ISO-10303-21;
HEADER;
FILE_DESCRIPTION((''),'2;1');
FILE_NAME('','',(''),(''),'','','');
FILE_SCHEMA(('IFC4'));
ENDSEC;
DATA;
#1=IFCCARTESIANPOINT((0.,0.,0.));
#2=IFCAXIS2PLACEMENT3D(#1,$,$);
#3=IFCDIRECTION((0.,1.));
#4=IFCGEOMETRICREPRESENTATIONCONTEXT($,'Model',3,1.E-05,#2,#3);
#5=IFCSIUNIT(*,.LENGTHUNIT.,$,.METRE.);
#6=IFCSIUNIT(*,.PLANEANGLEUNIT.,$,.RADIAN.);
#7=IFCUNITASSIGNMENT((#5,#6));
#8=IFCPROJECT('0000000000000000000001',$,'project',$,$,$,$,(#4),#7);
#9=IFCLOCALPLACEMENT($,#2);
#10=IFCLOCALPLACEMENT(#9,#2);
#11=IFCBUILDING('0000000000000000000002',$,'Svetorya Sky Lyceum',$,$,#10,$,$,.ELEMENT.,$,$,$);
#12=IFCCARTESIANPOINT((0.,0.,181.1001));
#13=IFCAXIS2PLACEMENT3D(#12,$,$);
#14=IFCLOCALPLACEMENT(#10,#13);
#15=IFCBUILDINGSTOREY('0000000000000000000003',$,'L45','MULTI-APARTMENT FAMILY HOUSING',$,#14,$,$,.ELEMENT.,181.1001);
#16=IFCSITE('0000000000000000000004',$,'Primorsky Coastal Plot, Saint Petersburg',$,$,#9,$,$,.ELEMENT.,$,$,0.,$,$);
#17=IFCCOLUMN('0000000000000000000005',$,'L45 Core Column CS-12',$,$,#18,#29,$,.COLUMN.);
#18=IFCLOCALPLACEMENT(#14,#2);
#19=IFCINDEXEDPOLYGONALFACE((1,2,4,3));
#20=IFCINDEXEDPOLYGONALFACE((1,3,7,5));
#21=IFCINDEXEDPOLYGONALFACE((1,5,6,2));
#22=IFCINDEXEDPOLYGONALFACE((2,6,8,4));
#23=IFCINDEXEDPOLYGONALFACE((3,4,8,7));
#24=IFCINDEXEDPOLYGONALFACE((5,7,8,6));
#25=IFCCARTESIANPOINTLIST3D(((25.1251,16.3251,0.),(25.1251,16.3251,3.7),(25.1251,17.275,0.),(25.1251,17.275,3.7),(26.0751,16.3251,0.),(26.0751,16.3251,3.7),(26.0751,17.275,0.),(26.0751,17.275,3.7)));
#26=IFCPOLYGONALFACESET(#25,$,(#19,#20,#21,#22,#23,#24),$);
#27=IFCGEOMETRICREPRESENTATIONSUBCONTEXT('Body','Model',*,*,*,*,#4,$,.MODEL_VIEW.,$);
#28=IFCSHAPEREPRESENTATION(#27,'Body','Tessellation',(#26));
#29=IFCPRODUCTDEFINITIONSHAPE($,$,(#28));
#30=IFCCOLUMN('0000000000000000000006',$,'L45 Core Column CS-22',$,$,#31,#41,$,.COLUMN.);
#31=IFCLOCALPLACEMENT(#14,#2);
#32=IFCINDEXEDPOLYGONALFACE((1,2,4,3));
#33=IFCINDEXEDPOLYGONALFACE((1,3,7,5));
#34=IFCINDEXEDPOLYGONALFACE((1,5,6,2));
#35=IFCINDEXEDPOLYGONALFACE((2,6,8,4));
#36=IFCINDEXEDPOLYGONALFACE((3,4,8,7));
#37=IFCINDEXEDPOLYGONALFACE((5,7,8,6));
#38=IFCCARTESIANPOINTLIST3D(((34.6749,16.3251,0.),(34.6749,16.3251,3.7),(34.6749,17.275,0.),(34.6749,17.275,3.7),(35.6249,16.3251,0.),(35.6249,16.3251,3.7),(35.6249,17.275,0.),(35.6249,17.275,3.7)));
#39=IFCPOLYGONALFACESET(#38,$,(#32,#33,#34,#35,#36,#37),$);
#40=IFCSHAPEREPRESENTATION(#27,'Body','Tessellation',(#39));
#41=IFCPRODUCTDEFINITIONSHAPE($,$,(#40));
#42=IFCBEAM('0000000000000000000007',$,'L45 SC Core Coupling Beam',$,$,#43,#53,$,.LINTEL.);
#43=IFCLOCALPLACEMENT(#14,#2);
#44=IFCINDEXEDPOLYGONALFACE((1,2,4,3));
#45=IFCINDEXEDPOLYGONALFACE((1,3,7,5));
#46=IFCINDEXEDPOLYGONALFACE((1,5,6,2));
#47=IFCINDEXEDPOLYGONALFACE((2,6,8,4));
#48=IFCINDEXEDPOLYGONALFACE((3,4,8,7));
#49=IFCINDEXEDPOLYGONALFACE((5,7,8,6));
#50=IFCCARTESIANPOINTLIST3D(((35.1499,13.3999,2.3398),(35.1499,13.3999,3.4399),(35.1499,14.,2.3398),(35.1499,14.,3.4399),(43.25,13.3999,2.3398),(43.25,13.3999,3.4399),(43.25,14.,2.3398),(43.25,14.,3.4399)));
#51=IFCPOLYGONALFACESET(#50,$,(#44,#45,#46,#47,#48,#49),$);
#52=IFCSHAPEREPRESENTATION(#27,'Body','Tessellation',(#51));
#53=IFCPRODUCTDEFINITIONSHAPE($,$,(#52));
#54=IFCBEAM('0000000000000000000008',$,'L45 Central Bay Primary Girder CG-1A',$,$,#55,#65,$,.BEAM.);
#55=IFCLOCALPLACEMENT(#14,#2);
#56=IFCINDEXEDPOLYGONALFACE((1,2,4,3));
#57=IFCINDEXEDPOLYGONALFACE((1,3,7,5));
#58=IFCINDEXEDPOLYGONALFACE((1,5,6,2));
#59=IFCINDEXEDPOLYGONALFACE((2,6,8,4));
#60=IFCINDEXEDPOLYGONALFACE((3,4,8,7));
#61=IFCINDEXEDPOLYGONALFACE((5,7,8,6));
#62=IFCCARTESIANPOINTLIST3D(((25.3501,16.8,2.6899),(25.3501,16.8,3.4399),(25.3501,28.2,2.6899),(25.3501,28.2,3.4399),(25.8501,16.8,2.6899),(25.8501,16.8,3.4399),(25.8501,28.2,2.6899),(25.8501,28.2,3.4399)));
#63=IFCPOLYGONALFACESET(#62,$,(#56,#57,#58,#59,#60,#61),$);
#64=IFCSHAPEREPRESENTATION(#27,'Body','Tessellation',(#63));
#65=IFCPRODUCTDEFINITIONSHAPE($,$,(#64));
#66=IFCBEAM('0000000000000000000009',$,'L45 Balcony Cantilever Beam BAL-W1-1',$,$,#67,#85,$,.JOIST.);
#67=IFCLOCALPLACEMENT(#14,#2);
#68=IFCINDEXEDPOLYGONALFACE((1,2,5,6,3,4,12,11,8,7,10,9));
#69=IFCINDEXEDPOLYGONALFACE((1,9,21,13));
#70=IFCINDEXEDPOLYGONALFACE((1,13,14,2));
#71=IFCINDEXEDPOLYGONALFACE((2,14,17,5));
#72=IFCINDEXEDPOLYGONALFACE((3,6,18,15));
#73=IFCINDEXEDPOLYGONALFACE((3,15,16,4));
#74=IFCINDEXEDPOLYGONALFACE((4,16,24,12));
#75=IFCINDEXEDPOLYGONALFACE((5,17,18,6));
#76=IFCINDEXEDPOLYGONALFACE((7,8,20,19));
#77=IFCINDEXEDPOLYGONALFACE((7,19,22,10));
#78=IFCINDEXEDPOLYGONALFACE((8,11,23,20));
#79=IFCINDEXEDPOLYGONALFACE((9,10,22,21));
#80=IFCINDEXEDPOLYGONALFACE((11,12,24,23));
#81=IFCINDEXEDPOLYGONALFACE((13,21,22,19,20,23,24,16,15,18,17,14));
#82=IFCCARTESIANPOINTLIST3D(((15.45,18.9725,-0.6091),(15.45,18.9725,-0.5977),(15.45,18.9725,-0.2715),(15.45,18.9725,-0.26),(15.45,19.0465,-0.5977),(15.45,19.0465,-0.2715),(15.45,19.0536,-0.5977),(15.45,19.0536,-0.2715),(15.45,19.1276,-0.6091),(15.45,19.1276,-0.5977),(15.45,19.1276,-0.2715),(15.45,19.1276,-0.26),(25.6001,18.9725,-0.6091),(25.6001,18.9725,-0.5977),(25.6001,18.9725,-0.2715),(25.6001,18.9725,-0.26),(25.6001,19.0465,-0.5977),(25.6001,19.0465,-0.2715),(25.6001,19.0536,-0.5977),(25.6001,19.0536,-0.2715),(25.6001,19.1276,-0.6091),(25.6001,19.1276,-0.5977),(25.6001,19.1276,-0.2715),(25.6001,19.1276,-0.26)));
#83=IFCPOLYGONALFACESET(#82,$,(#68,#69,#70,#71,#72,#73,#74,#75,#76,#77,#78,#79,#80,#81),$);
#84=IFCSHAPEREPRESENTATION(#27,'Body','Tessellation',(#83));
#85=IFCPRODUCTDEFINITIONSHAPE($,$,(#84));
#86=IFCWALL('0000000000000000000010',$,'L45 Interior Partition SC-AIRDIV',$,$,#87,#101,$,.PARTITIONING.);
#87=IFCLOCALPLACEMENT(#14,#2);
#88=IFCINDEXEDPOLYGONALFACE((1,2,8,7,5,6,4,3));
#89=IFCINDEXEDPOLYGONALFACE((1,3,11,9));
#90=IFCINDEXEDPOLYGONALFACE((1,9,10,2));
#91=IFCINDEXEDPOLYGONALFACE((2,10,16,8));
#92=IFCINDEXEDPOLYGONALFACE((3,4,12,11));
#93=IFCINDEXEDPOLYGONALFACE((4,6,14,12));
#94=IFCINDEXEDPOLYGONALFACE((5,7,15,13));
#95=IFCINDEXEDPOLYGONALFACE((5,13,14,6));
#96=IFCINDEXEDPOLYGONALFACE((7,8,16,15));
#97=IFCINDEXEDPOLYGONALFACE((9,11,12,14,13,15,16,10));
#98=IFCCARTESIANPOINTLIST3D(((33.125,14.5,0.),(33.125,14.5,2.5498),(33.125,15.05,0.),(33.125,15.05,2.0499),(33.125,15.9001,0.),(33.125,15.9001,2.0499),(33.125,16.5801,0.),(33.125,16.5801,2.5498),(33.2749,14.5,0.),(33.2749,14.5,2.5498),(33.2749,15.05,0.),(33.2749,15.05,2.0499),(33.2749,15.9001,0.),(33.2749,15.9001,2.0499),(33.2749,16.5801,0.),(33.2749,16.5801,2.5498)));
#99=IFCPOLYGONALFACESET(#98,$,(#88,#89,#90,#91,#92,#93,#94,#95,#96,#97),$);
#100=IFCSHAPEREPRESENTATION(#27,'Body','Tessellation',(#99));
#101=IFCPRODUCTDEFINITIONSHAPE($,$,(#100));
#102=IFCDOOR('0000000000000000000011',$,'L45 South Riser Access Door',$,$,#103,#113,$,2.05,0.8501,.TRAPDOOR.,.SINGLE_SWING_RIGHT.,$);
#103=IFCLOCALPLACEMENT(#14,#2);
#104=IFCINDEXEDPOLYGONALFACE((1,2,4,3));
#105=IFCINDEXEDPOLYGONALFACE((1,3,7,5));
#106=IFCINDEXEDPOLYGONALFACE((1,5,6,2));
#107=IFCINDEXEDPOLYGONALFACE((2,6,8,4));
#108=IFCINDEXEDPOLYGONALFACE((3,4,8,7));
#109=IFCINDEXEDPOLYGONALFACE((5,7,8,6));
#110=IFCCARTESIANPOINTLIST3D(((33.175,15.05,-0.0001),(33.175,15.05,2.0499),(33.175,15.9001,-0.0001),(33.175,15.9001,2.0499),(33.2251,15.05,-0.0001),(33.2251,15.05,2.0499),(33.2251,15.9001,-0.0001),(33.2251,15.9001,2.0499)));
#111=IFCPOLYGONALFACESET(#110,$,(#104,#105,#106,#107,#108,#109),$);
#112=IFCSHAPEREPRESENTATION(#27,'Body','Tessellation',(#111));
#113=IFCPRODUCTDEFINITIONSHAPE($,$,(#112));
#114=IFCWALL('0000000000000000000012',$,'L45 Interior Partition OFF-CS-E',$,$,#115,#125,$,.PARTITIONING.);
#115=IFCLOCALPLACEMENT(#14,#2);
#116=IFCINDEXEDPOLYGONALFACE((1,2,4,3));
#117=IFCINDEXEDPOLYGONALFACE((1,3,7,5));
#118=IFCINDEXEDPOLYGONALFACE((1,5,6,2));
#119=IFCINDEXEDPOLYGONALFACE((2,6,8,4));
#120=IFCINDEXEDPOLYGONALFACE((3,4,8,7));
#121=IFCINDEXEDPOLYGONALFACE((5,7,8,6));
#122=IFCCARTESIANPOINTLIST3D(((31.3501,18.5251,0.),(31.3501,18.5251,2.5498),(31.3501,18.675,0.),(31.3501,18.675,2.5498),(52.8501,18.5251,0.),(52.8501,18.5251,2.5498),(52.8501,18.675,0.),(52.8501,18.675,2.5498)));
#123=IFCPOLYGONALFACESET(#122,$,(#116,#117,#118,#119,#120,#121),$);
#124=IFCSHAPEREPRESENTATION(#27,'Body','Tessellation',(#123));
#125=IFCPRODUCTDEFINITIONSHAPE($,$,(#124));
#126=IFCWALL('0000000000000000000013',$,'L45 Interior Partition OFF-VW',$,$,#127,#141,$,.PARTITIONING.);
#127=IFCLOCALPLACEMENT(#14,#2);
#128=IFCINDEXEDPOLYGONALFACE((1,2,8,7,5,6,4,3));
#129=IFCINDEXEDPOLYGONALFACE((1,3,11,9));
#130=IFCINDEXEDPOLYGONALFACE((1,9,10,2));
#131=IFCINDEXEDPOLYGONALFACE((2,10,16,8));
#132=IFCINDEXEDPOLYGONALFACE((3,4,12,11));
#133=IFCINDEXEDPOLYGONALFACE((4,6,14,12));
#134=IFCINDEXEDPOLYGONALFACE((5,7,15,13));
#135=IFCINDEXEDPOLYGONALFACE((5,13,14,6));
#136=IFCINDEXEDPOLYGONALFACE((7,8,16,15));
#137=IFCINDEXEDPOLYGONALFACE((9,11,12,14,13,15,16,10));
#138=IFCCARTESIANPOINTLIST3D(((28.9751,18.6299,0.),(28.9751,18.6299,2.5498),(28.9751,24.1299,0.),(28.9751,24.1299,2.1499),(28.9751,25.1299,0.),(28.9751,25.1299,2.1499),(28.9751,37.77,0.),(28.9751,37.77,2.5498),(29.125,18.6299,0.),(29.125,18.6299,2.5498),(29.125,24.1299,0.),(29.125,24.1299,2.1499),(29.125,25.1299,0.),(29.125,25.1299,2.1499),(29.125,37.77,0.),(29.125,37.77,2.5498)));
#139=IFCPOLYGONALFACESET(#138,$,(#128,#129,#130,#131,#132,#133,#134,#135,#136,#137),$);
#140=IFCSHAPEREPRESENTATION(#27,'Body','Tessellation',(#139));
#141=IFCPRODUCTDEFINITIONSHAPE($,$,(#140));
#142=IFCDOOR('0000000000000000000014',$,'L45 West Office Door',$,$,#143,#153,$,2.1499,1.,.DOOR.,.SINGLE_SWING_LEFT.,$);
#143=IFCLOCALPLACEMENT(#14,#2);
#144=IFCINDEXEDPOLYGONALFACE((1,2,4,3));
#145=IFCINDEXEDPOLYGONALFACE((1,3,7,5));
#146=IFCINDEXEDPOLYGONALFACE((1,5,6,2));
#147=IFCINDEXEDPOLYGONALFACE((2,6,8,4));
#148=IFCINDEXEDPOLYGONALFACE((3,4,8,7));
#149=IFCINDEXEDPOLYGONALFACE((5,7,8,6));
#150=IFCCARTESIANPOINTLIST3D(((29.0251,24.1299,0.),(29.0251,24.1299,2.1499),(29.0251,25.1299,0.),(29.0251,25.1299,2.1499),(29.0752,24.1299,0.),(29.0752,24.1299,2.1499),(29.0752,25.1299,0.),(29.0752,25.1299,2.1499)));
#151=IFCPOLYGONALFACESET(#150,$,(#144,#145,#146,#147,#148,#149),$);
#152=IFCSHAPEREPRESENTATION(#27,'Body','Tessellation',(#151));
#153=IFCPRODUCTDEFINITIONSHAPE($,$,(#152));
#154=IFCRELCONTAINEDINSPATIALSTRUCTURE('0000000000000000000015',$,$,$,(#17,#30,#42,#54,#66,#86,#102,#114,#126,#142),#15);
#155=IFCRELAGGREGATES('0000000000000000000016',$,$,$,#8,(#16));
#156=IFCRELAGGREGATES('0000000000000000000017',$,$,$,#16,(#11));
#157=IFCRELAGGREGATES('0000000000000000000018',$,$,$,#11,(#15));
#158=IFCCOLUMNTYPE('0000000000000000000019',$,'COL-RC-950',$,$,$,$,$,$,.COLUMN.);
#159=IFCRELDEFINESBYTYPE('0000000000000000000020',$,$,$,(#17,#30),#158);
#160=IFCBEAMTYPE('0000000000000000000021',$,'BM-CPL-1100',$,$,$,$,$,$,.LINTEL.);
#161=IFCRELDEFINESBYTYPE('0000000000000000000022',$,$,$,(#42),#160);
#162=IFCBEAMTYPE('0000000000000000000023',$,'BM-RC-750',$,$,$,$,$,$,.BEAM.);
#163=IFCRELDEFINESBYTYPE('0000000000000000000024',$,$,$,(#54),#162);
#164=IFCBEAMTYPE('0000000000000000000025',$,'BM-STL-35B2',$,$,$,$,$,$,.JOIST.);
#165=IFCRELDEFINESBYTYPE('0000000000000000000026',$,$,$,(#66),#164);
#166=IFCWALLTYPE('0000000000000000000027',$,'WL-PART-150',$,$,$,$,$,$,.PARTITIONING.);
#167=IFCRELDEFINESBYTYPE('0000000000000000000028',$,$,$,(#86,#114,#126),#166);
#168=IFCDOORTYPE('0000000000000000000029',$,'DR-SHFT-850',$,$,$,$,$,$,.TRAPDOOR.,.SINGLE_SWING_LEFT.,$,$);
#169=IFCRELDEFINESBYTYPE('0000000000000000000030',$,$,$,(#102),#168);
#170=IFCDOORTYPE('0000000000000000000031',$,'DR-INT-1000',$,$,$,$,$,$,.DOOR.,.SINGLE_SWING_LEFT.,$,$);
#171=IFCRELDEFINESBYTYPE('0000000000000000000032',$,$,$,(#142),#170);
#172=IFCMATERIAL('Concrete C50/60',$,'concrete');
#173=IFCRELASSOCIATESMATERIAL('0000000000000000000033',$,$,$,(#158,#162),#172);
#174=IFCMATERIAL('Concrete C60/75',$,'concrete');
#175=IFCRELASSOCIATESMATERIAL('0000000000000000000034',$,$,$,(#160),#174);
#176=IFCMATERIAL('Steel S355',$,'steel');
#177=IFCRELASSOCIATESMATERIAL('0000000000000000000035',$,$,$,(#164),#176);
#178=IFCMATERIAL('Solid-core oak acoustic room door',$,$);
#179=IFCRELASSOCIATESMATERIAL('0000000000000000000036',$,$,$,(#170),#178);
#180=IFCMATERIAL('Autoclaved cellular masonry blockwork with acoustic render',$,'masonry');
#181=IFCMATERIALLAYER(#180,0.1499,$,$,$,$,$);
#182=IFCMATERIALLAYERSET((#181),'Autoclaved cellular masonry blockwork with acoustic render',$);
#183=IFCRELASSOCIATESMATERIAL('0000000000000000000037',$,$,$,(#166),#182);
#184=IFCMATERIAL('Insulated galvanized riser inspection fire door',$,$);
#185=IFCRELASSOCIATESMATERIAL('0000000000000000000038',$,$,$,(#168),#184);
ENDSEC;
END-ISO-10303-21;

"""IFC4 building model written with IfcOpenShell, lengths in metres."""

from ifc_helpers import new_model, si_unit, direction, frame, frame_2d, origin, origin_2d, place, context, subcontext, project, spatial, rectangle, i_section, extrude, material, layer, layer_set, material_profile, profile_set, type_object, element, fill, save


model = new_model("IFC4")

# Units and contexts
model_context = context("Model", 3, precision=1e-05, world=origin(), true_north=direction((0.0, 1.0)))
body_context = subcontext(model_context, "Body", "Model", "MODEL_VIEW")
ifc_project = project(units=[si_unit("LENGTHUNIT", "METRE"), si_unit("PLANEANGLEUNIT", "RADIAN")], contexts=[model_context])

# Site, building, storey
site_placement = place(None, origin())
site = spatial("IfcSite", under=ifc_project, at=site_placement, Name="Primorsky Coastal Plot, Saint Petersburg", CompositionType="ELEMENT", RefElevation=0.0)
building_placement = place(site_placement, origin())
building = spatial("IfcBuilding", under=site, at=building_placement, Name="Svetorya Sky Lyceum", CompositionType="ELEMENT")
storey_placement = place(building_placement, frame((0.0, 0.0, 181.1001)))
storey = spatial("IfcBuildingStorey", under=building, at=storey_placement, Name="L45", Description="MULTI-APARTMENT FAMILY HOUSING", CompositionType="ELEMENT", Elevation=181.1001)

# Columns
ifc_material_1 = material(Name="Concrete C50/60", Category="concrete")
ifc_material_profile_1 = material_profile(ifc_material_1, rectangle(XDim=0.95, YDim=0.95, at=origin_2d()), Name="RC COL 950x950")
ifc_profile_set_1 = profile_set([ifc_material_profile_1], Name="Concrete C50/60")
column_type = type_object("IfcColumnType", Name="COL-RC-950", PredefinedType="COLUMN", material=ifc_profile_set_1)
for number, where, z_axis, x_axis, name in (
    (1, (25.6001, 16.8, 0.0), (0.0, 0.0, 1.0), (1.0, 0.0, 0.0), "L45 Core Column CS-12"),
    (2, (35.1499, 16.8, 0.0), (0.0, 0.0, 1.0), (1.0, 0.0, 0.0), "L45 Core Column CS-22"),
):
    element("IfcColumn", number, at=place(storey_placement, frame(where, z_axis=z_axis, x_axis=x_axis)), inside=storey, type_object=column_type, Name=name, PredefinedType="COLUMN", context=body_context, shape_type="SweptSolid", body=[
        extrude(rectangle(XDim=0.95, YDim=0.95, at=origin_2d()), origin(), (0.0, 0.0, 1.0), 3.7),
    ])

# Beams
ifc_material_2 = material(Name="Concrete C60/75", Category="concrete")
ifc_material_profile_2 = material_profile(ifc_material_2, rectangle(XDim=0.6001, YDim=1.1001, at=origin_2d()), Name="RC COUPLING 600x1100")
ifc_profile_set_2 = profile_set([ifc_material_profile_2], Name="Concrete C60/75")
beam_type_1 = type_object("IfcBeamType", Name="BM-CPL-1100", PredefinedType="LINTEL", material=ifc_profile_set_2)
beam_1_placement = place(storey_placement, frame((35.1499, 13.7, 2.8899), z_axis=(1.0, 0.0, 0.0), x_axis=(0.0, 1.0, 0.0)))
element("IfcBeam", 3, at=beam_1_placement, inside=storey, type_object=beam_type_1, Name="L45 SC Core Coupling Beam", PredefinedType="LINTEL", context=body_context, shape_type="SweptSolid", body=[
    extrude(rectangle(XDim=0.6001, YDim=1.1001, at=origin_2d()), origin(), (0.0, 0.0, 1.0), 8.1001),
])
ifc_material_profile_3 = material_profile(ifc_material_1, rectangle(XDim=0.5, YDim=0.75, at=origin_2d()), Name="RC BEAM 500x750")
ifc_profile_set_3 = profile_set([ifc_material_profile_3], Name="Concrete C50/60")
beam_type_2 = type_object("IfcBeamType", Name="BM-RC-750", PredefinedType="BEAM", material=ifc_profile_set_3)
beam_2_placement = place(storey_placement, frame((25.6001, 16.8, 3.0649), z_axis=(0.0, 1.0, 0.0), x_axis=(-1.0, 0.0, 0.0)))
element("IfcBeam", 4, at=beam_2_placement, inside=storey, type_object=beam_type_2, Name="L45 Central Bay Primary Girder CG-1A", PredefinedType="BEAM", context=body_context, shape_type="SweptSolid", body=[
    extrude(rectangle(XDim=0.5, YDim=0.75, at=origin_2d()), origin(), (0.0, 0.0, 1.0), 11.3999),
])
ifc_material_3 = material(Name="Steel S355", Category="steel")
ifc_material_profile_4 = material_profile(ifc_material_3, i_section(OverallWidth=0.155, OverallDepth=0.3491, WebThickness=0.0071, FlangeThickness=0.0115, at=origin_2d()), Name="GOST 35B2")
ifc_profile_set_4 = profile_set([ifc_material_profile_4], Name="Steel S355")
beam_type_3 = type_object("IfcBeamType", Name="BM-STL-35B2", PredefinedType="JOIST", material=ifc_profile_set_4)
beam_3_placement = place(storey_placement, frame((25.6001, 19.05, -0.4346), z_axis=(-1.0, 0.0, 0.0), x_axis=(0.0, -1.0, 0.0)))
element("IfcBeam", 5, at=beam_3_placement, inside=storey, type_object=beam_type_3, Name="L45 Balcony Cantilever Beam BAL-W1-1", PredefinedType="JOIST", context=body_context, shape_type="SweptSolid", body=[
    extrude(i_section(OverallWidth=0.155, OverallDepth=0.3491, WebThickness=0.0071, FlangeThickness=0.0115, at=origin_2d()), origin(), (0.0, 0.0, 1.0), 10.1501),
])

# Shared definitions
ifc_material_4 = material(Name="Solid-core oak acoustic room door")
door_type_1 = type_object("IfcDoorType", Name="DR-INT-1000", OperationType="SINGLE_SWING_LEFT", PredefinedType="DOOR", material=ifc_material_4)

# Wall, opening, door
ifc_material_5 = material(Name="Autoclaved cellular masonry blockwork with acoustic render", Category="masonry")
ifc_layer_1 = layer(ifc_material_5, 0.1499)
ifc_layer_set_1 = layer_set([ifc_layer_1], Name="Autoclaved cellular masonry blockwork with acoustic render")
wall_type_1 = type_object("IfcWallType", Name="WL-PART-150", PredefinedType="PARTITIONING", material=ifc_layer_set_1)
wall_1_placement = place(storey_placement, frame((33.2, 14.5, 0.0), z_axis=(0.0, 0.0, 1.0), x_axis=(0.0, 1.0, 0.0)))
wall_1 = element("IfcWall", 6, at=wall_1_placement, inside=storey, type_object=wall_type_1, Name="L45 Interior Partition SC-AIRDIV", PredefinedType="PARTITIONING", context=body_context, shape_type="SweptSolid", body=[
    extrude(rectangle(XDim=2.0801, YDim=0.1499, at=frame_2d((1.04, 0.0))), origin(), (0.0, 0.0, 1.0), 2.5498),
])
opening_1_placement = place(wall_1_placement, frame((0.55, 0.0, 0.0)))
opening_1 = element("IfcOpeningElement", 7, at=opening_1_placement, cuts=wall_1, PredefinedType="OPENING", context=body_context, shape_type="SweptSolid", body=[
    extrude(rectangle(XDim=0.8501, YDim=2.05, at=frame_2d((0.425, 1.0249))), frame((0.0, 0.085, 0.0), z_axis=(0.0, -1.0, 0.0), x_axis=(1.0, 0.0, 0.0)), (0.0, 0.0, 1.0), 0.1699),
])
ifc_material_6 = material(Name="Insulated galvanized riser inspection fire door")
door_type_2 = type_object("IfcDoorType", Name="DR-SHFT-850", OperationType="SINGLE_SWING_LEFT", PredefinedType="TRAPDOOR", material=ifc_material_6)
door_1_placement = place(opening_1_placement, origin())
door_1 = element("IfcDoor", 8, at=door_1_placement, inside=storey, type_object=door_type_2, Name="L45 South Riser Access Door", OperationType="SINGLE_SWING_RIGHT", OverallHeight=2.05, OverallWidth=0.8501, PredefinedType="TRAPDOOR", context=body_context, shape_type="SweptSolid", body=[
    extrude(rectangle(XDim=0.8501, YDim=2.05, at=frame_2d((0.425, 1.0249))), frame((0.0, 0.0249, 0.0), z_axis=(0.0, -1.0, 0.0), x_axis=(1.0, 0.0, 0.0)), (0.0, 0.0, 1.0), 0.05),
])
fill(opening_1, door_1)

# Wall
wall_2_placement = place(storey_placement, frame((31.3501, 18.6001, 0.0), z_axis=(0.0, 0.0, 1.0), x_axis=(1.0, 0.0, 0.0)))
element("IfcWall", 9, at=wall_2_placement, inside=storey, type_object=wall_type_1, Name="L45 Interior Partition OFF-CS-E", PredefinedType="PARTITIONING", context=body_context, shape_type="SweptSolid", body=[
    extrude(rectangle(XDim=21.5, YDim=0.1499, at=frame_2d((10.75, 0.0))), origin(), (0.0, 0.0, 1.0), 2.5498),
])

# Wall, opening, door
wall_3_placement = place(storey_placement, frame((29.05, 18.6299, 0.0), z_axis=(0.0, 0.0, 1.0), x_axis=(0.0, 1.0, 0.0)))
wall_3 = element("IfcWall", 10, at=wall_3_placement, inside=storey, type_object=wall_type_1, Name="L45 Interior Partition OFF-VW", PredefinedType="PARTITIONING", context=body_context, shape_type="SweptSolid", body=[
    extrude(rectangle(XDim=19.1401, YDim=0.1499, at=frame_2d((9.5701, 0.0))), origin(), (0.0, 0.0, 1.0), 2.5498),
])
opening_2_placement = place(wall_3_placement, frame((5.5, 0.0, 0.0)))
opening_2 = element("IfcOpeningElement", 11, at=opening_2_placement, cuts=wall_3, PredefinedType="OPENING", context=body_context, shape_type="SweptSolid", body=[
    extrude(rectangle(XDim=1.0, YDim=2.1499, at=frame_2d((0.5, 1.075))), frame((0.0, 0.085, 0.0), z_axis=(0.0, -1.0, 0.0), x_axis=(1.0, 0.0, 0.0)), (0.0, 0.0, 1.0), 0.1699),
])
door_2_placement = place(opening_2_placement, origin())
door_2 = element("IfcDoor", 12, at=door_2_placement, inside=storey, type_object=door_type_1, Name="L45 West Office Door", OperationType="SINGLE_SWING_LEFT", OverallHeight=2.1499, OverallWidth=1.0, PredefinedType="DOOR", context=body_context, shape_type="SweptSolid", body=[
    extrude(rectangle(XDim=1.0, YDim=2.1499, at=frame_2d((0.5, 1.075))), frame((0.0, 0.0249, 0.0), z_axis=(0.0, -1.0, 0.0), x_axis=(1.0, 0.0, 0.0)), (0.0, 0.0, 1.0), 0.05),
])
fill(opening_2, door_2)

save(model, "model.ifc")
